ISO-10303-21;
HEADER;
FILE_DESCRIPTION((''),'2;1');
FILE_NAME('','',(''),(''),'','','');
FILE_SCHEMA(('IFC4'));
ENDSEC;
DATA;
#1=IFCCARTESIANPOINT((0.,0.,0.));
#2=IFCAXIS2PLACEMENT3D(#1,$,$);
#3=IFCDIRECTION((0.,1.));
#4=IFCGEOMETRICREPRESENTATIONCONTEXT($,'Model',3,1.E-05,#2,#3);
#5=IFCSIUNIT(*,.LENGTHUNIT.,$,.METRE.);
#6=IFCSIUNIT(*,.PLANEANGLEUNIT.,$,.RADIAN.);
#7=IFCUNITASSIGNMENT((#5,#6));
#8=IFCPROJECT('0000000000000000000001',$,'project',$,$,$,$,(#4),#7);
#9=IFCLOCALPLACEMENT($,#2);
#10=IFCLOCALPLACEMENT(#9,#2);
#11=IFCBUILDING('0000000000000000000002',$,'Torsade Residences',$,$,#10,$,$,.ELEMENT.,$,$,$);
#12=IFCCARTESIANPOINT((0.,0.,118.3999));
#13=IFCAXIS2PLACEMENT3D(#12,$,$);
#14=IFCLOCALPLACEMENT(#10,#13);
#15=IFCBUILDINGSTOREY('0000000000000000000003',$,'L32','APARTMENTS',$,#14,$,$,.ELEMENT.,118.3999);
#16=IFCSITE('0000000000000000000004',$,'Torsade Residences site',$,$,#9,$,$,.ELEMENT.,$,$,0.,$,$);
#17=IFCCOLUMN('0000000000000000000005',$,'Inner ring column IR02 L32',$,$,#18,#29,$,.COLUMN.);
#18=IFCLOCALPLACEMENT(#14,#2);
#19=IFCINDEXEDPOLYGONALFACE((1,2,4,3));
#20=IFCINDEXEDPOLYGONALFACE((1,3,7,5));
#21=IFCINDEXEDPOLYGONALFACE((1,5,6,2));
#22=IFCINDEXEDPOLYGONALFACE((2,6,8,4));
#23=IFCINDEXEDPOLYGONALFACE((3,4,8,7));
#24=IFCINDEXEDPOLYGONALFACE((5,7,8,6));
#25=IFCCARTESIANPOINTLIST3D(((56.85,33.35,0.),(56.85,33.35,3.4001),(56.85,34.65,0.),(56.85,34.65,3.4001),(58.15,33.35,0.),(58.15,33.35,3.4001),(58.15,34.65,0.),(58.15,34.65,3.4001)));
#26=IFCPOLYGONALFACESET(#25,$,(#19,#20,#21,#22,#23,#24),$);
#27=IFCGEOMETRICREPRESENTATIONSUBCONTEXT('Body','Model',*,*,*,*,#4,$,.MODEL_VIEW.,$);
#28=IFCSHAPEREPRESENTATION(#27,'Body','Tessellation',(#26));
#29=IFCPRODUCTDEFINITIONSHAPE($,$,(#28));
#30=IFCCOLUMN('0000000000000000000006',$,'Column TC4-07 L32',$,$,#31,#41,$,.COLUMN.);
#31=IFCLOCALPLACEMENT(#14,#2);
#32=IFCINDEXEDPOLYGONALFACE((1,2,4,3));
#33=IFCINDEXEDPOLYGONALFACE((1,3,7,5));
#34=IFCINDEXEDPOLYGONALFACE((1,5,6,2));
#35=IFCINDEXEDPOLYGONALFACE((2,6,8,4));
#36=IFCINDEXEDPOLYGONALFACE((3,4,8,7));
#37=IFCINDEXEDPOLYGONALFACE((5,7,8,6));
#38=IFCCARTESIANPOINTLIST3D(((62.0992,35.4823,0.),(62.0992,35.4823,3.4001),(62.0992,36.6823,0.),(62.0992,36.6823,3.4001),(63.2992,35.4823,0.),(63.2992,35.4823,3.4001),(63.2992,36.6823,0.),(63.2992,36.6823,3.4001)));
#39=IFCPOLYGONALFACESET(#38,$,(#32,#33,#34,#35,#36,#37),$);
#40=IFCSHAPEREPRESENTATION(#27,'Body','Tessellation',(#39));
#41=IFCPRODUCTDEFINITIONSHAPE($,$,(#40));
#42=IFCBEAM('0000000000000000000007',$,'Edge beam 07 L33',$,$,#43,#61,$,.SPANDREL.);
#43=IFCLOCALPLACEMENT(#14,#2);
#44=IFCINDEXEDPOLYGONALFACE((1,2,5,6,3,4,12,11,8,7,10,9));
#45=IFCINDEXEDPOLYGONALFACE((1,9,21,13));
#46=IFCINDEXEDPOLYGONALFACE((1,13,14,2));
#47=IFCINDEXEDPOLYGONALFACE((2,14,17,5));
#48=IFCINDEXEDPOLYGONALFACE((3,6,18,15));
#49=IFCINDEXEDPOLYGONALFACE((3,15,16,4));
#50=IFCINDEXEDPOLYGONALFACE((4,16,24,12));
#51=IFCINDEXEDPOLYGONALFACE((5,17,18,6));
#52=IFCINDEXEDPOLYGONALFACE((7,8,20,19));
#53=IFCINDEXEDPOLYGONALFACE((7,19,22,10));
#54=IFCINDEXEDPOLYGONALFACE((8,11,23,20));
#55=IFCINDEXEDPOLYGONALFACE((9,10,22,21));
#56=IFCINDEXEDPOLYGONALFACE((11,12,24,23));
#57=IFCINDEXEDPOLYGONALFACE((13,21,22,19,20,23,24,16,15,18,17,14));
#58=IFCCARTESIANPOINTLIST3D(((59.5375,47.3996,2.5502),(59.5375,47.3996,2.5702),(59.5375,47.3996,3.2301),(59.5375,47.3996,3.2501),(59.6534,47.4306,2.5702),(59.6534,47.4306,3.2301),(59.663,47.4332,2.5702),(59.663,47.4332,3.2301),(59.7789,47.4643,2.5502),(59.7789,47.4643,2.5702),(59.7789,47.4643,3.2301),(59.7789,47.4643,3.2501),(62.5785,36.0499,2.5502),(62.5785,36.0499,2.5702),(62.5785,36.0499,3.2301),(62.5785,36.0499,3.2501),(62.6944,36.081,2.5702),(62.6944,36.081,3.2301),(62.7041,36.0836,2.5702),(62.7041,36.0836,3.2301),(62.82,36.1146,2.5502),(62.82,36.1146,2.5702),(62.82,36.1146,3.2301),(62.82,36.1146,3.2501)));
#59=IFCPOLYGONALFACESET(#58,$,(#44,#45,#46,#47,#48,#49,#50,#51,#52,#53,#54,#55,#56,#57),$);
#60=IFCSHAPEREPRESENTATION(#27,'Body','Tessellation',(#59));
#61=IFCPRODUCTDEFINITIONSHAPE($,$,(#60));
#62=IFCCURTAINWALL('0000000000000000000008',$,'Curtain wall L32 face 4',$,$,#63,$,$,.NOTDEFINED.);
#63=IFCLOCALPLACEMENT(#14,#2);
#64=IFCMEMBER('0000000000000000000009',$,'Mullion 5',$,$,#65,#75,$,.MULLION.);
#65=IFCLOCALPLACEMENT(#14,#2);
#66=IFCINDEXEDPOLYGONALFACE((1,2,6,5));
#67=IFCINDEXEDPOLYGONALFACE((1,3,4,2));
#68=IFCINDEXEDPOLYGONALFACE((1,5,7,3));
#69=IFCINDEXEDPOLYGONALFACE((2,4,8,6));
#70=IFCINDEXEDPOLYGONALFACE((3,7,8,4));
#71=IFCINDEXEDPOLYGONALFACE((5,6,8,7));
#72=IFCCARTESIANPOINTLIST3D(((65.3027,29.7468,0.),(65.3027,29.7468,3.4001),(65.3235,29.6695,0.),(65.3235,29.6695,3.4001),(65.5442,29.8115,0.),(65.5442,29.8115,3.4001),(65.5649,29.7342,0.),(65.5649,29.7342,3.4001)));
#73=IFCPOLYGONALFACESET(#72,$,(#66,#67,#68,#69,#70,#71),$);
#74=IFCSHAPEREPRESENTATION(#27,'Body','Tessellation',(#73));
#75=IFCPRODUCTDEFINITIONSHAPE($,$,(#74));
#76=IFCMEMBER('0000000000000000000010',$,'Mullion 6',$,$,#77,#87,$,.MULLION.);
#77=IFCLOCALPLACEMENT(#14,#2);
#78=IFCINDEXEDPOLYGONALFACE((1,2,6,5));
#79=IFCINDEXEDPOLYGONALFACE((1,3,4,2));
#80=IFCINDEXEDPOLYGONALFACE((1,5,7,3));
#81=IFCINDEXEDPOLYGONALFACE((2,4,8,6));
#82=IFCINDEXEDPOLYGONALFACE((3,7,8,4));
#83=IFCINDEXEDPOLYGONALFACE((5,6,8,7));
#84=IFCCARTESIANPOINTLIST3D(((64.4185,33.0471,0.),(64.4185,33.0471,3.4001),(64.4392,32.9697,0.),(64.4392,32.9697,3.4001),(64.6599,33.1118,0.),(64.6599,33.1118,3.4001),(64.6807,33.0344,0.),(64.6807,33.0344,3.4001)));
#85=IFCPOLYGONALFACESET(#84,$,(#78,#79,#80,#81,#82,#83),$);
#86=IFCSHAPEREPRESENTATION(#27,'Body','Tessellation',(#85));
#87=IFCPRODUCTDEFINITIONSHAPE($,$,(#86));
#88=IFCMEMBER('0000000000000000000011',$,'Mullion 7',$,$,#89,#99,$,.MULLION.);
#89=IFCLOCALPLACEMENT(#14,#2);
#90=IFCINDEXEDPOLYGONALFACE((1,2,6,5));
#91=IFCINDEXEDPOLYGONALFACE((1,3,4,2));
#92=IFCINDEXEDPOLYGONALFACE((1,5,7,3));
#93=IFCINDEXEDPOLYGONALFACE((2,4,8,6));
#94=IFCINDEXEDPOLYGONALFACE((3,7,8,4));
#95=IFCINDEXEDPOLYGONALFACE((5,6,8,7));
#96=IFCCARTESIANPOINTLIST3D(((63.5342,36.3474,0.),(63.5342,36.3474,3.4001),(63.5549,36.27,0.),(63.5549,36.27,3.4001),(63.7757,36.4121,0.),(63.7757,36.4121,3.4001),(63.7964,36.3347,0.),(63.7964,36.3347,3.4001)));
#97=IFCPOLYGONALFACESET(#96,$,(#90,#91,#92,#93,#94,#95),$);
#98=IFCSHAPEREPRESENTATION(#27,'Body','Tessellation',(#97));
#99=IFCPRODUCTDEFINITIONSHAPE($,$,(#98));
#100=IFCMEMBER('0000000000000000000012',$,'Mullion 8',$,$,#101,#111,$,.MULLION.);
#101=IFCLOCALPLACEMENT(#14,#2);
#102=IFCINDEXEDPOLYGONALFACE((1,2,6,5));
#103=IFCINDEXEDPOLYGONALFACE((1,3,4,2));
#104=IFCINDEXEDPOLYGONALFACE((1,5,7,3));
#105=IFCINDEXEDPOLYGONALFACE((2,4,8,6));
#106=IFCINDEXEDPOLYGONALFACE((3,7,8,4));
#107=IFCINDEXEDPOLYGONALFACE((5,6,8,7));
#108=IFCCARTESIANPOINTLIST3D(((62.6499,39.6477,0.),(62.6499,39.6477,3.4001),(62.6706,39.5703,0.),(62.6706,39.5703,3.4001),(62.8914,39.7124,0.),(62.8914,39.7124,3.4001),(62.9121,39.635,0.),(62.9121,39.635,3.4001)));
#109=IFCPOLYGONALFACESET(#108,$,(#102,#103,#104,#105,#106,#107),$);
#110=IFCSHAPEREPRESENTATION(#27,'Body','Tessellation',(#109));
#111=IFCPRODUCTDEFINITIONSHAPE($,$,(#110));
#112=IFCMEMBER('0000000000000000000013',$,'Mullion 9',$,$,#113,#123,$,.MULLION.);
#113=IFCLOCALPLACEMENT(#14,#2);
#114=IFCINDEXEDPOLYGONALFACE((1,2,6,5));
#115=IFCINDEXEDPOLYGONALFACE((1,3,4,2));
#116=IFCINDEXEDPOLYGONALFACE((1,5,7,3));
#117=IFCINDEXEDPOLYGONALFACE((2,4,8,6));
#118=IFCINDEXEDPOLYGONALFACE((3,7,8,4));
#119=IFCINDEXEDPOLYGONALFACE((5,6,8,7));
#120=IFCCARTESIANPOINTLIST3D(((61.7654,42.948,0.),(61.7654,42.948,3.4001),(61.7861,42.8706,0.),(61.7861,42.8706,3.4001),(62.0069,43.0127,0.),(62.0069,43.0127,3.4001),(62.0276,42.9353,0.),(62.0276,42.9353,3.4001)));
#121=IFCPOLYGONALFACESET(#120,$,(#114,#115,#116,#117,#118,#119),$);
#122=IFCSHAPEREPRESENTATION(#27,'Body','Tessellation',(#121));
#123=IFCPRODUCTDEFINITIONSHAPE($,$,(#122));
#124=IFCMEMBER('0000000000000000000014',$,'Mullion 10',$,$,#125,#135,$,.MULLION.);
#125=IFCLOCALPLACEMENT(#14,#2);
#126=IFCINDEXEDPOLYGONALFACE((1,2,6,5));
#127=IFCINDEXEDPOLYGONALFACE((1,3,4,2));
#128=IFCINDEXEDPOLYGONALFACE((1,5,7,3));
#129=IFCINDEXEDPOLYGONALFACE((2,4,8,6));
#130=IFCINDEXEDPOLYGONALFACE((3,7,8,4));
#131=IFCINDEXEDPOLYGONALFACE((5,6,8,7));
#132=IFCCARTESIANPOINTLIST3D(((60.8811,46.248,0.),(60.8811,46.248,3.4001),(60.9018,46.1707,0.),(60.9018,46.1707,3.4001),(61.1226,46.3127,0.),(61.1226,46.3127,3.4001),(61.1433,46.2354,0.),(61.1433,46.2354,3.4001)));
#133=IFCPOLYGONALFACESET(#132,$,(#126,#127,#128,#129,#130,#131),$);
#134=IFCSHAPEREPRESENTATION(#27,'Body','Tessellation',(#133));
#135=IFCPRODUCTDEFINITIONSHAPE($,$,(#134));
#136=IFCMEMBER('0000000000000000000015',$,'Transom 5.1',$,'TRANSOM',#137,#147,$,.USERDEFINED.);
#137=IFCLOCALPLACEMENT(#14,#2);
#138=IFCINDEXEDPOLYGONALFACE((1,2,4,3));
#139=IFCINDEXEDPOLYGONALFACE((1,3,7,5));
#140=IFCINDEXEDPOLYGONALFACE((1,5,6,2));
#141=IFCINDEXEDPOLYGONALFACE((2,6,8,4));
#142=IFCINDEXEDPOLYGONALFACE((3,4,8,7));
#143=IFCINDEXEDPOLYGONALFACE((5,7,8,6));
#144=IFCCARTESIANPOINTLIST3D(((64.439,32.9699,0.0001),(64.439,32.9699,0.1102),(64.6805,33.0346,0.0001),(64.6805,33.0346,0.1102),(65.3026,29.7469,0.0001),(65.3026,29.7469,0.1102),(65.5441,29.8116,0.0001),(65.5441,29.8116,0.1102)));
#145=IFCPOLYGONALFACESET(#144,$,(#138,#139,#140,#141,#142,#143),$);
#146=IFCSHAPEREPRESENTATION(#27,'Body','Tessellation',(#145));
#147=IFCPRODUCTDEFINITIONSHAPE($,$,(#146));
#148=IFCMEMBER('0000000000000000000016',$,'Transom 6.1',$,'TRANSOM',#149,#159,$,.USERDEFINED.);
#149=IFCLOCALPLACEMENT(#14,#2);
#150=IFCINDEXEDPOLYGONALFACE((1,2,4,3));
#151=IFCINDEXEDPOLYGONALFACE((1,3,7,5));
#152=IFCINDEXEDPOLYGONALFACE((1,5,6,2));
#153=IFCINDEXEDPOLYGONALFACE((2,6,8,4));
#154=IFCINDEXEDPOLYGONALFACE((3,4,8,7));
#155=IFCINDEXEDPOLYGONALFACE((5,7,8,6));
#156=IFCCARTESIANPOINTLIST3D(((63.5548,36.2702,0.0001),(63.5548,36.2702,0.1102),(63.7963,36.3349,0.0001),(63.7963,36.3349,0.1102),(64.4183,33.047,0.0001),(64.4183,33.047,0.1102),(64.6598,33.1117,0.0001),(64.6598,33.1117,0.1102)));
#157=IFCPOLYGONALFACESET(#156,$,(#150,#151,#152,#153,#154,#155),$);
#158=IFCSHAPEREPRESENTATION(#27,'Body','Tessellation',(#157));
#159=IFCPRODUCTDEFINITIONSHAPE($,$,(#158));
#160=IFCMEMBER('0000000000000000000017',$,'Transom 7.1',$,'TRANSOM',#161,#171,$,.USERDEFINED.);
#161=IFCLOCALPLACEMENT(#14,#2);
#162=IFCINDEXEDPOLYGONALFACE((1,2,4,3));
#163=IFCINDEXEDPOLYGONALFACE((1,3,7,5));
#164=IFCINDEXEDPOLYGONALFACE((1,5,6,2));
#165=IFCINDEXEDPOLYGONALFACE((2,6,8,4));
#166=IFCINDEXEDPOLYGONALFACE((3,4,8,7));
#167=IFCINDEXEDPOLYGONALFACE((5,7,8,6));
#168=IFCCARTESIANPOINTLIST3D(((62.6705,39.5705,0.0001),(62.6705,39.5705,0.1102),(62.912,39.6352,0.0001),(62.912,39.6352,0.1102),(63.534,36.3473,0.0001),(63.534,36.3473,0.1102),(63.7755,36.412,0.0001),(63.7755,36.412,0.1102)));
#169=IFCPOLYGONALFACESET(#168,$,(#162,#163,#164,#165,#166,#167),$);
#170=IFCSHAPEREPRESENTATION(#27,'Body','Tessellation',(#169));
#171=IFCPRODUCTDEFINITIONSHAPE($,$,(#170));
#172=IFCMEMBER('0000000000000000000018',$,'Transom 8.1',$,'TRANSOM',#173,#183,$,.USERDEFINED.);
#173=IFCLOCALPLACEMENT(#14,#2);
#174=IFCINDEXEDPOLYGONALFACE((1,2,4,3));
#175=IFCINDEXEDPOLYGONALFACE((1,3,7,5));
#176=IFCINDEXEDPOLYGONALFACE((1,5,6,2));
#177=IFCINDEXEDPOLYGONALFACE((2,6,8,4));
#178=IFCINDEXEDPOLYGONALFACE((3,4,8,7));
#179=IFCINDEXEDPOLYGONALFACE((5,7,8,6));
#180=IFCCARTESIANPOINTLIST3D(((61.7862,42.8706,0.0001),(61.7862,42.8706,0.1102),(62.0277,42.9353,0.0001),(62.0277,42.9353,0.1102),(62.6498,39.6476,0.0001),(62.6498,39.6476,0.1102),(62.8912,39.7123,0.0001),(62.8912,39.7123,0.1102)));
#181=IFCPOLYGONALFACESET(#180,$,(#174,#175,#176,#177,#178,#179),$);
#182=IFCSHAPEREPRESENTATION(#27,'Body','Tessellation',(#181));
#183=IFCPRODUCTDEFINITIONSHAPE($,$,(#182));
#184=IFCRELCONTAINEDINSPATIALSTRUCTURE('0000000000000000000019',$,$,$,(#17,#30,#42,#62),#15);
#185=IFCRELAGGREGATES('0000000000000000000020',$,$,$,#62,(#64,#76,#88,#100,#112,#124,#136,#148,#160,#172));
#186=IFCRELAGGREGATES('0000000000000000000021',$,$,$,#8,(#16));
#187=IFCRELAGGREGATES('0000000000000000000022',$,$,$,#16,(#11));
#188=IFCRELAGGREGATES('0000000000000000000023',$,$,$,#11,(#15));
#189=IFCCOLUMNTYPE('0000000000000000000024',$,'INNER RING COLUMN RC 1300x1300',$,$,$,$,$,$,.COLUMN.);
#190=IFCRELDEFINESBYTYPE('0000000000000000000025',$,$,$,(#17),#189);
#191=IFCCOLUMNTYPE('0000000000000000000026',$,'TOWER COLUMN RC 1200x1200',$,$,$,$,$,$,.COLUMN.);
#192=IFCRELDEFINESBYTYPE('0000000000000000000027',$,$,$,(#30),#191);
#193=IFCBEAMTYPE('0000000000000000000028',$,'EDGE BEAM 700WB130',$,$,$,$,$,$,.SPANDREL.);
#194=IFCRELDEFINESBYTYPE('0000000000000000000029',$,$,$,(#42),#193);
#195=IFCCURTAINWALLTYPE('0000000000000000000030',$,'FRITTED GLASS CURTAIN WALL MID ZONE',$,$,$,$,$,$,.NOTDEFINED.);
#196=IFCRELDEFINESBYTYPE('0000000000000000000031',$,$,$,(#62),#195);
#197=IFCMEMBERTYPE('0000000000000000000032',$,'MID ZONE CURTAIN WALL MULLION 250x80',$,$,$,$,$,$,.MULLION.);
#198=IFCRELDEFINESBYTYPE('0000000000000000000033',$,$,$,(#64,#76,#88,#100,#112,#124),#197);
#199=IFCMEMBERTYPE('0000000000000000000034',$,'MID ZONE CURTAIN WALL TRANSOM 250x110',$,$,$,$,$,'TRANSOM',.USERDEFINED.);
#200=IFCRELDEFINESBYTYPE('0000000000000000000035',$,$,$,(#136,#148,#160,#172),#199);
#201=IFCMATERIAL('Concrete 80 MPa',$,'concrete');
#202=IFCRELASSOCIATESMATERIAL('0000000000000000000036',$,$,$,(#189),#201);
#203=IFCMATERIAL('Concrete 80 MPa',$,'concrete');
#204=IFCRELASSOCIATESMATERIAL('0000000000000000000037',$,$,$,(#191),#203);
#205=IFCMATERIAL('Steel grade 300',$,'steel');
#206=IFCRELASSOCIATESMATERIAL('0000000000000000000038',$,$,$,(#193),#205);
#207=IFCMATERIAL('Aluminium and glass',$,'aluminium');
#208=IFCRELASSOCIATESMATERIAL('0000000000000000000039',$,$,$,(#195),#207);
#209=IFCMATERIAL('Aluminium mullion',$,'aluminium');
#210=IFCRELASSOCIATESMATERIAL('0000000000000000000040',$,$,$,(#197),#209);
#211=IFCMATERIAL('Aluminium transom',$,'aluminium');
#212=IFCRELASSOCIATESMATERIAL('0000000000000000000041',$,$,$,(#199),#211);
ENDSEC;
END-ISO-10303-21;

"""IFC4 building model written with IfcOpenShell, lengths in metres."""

from ifc_helpers import new_model, si_unit, direction, frame, origin, origin_2d, place, context, subcontext, project, spatial, rectangle, i_section, extrude, material, material_profile, profile_set, type_object, element, aggregate, save


model = new_model("IFC4")

# Units and contexts
model_context = context("Model", 3, precision=1e-05, world=origin(), true_north=direction((0.0, 1.0)))
body_context = subcontext(model_context, "Body", "Model", "MODEL_VIEW")
ifc_project = project(units=[si_unit("LENGTHUNIT", "METRE"), si_unit("PLANEANGLEUNIT", "RADIAN")], contexts=[model_context])

# Site, building, storey
site_placement = place(None, origin())
site = spatial("IfcSite", under=ifc_project, at=site_placement, Name="Torsade Residences site", CompositionType="ELEMENT", RefElevation=0.0)
building_placement = place(site_placement, origin())
building = spatial("IfcBuilding", under=site, at=building_placement, Name="Torsade Residences", CompositionType="ELEMENT")
storey_placement = place(building_placement, frame((0.0, 0.0, 118.3999)))
storey = spatial("IfcBuildingStorey", under=building, at=storey_placement, Name="L32", Description="APARTMENTS", CompositionType="ELEMENT", Elevation=118.3999)

# Columns
ifc_material_1 = material(Name="Concrete 80 MPa", Category="concrete")
ifc_material_profile_1 = material_profile(ifc_material_1, rectangle(XDim=1.3, YDim=1.3, at=origin_2d()), Name="RC 1300x1300")
ifc_profile_set_1 = profile_set([ifc_material_profile_1], Name="Concrete 80 MPa")
column_type_1 = type_object("IfcColumnType", Name="INNER RING COLUMN RC 1300x1300", PredefinedType="COLUMN", material=ifc_profile_set_1)
column_1_placement = place(storey_placement, frame((57.5, 34.0, 0.0), z_axis=(0.0, 0.0, 1.0), x_axis=(1.0, 0.0, 0.0)))
element("IfcColumn", 1, at=column_1_placement, inside=storey, type_object=column_type_1, Name="Inner ring column IR02 L32", PredefinedType="COLUMN", context=body_context, shape_type="SweptSolid", body=[
    extrude(rectangle(XDim=1.3, YDim=1.3, at=origin_2d()), origin(), (0.0, 0.0, 1.0), 3.4001),
])
ifc_material_2 = material(Name="Concrete 80 MPa", Category="concrete")
ifc_material_profile_2 = material_profile(ifc_material_2, rectangle(XDim=1.2, YDim=1.2, at=origin_2d()), Name="RC 1200x1200")
ifc_profile_set_2 = profile_set([ifc_material_profile_2], Name="Concrete 80 MPa")
column_type_2 = type_object("IfcColumnType", Name="TOWER COLUMN RC 1200x1200", PredefinedType="COLUMN", material=ifc_profile_set_2)
column_2_placement = place(storey_placement, frame((62.6992, 36.0823, 0.0), z_axis=(0.0, 0.0, 1.0), x_axis=(1.0, 0.0, 0.0)))
element("IfcColumn", 2, at=column_2_placement, inside=storey, type_object=column_type_2, Name="Column TC4-07 L32", PredefinedType="COLUMN", context=body_context, shape_type="SweptSolid", body=[
    extrude(rectangle(XDim=1.2, YDim=1.2, at=origin_2d()), origin(), (0.0, 0.0, 1.0), 3.4001),
])

# Beam
ifc_material_3 = material(Name="Steel grade 300", Category="steel")
ifc_material_profile_3 = material_profile(ifc_material_3, i_section(OverallWidth=0.25, OverallDepth=0.7, WebThickness=0.01, FlangeThickness=0.02, at=origin_2d()), Name="700WB130")
ifc_profile_set_3 = profile_set([ifc_material_profile_3], Name="Steel grade 300")
beam_type_1 = type_object("IfcBeamType", Name="EDGE BEAM 700WB130", PredefinedType="SPANDREL", material=ifc_profile_set_3)
beam_1_placement = place(storey_placement, frame((62.6992, 36.0823, 2.9001), z_axis=(-0.258811, 0.965928, 0.0), x_axis=(-0.965928, -0.258811, 0.0)))
element("IfcBeam", 3, at=beam_1_placement, inside=storey, type_object=beam_type_1, Name="Edge beam 07 L33", PredefinedType="SPANDREL", context=body_context, shape_type="SweptSolid", body=[
    extrude(i_section(OverallWidth=0.25, OverallDepth=0.7, WebThickness=0.01, FlangeThickness=0.02, at=origin_2d()), origin(), (0.0, 0.0, 1.0), 11.75),
])

# Curtain wall, members
ifc_material_4 = material(Name="Aluminium and glass", Category="aluminium")
curtain_wall_type = type_object("IfcCurtainWallType", Name="FRITTED GLASS CURTAIN WALL MID ZONE", PredefinedType="NOTDEFINED", material=ifc_material_4)
curtain_wall_placement = place(storey_placement, origin())
curtain_wall = element("IfcCurtainWall", 4, at=curtain_wall_placement, inside=storey, type_object=curtain_wall_type, Name="Curtain wall L32 face 4", PredefinedType="NOTDEFINED")
ifc_material_5 = material(Name="Aluminium mullion", Category="aluminium")
ifc_material_profile_4 = material_profile(ifc_material_5, rectangle(XDim=0.25, YDim=0.0801, at=origin_2d()), Name="MID ZONE CURTAIN WALL MULLION 250x80")
ifc_profile_set_4 = profile_set([ifc_material_profile_4], Name="Aluminium mullion")
member_type_1 = type_object("IfcMemberType", Name="MID ZONE CURTAIN WALL MULLION 250x80", PredefinedType="MULLION", material=ifc_profile_set_4)
member_1_placement = place(storey_placement, frame((65.4338, 29.7405, 0.0), z_axis=(0.0, 0.0, 1.0), x_axis=(-0.965926, -0.258819, 0.0)))
member_1 = element("IfcMember", 5, at=member_1_placement, type_object=member_type_1, Name="Mullion 5", PredefinedType="MULLION", context=body_context, shape_type="SweptSolid", body=[
    extrude(rectangle(XDim=0.25, YDim=0.0801, at=origin_2d()), origin(), (0.0, 0.0, 1.0), 3.4001),
])
member_2_placement = place(storey_placement, frame((64.5496, 33.0408, 0.0), z_axis=(0.0, 0.0, 1.0), x_axis=(-0.965926, -0.258819, 0.0)))
member_2 = element("IfcMember", 6, at=member_2_placement, type_object=member_type_1, Name="Mullion 6", PredefinedType="MULLION", context=body_context, shape_type="SweptSolid", body=[
    extrude(rectangle(XDim=0.25, YDim=0.0801, at=origin_2d()), origin(), (0.0, 0.0, 1.0), 3.4001),
])
member_3_placement = place(storey_placement, frame((63.6653, 36.3411, 0.0), z_axis=(0.0, 0.0, 1.0), x_axis=(-0.965926, -0.258819, 0.0)))
member_3 = element("IfcMember", 7, at=member_3_placement, type_object=member_type_1, Name="Mullion 7", PredefinedType="MULLION", context=body_context, shape_type="SweptSolid", body=[
    extrude(rectangle(XDim=0.25, YDim=0.0801, at=origin_2d()), origin(), (0.0, 0.0, 1.0), 3.4001),
])
member_4_placement = place(storey_placement, frame((62.781, 39.6414, 0.0), z_axis=(0.0, 0.0, 1.0), x_axis=(-0.965926, -0.258819, 0.0)))
member_4 = element("IfcMember", 8, at=member_4_placement, type_object=member_type_1, Name="Mullion 8", PredefinedType="MULLION", context=body_context, shape_type="SweptSolid", body=[
    extrude(rectangle(XDim=0.25, YDim=0.0801, at=origin_2d()), origin(), (0.0, 0.0, 1.0), 3.4001),
])
member_5_placement = place(storey_placement, frame((61.8965, 42.9417, 0.0), z_axis=(0.0, 0.0, 1.0), x_axis=(-0.965926, -0.258819, 0.0)))
member_5 = element("IfcMember", 9, at=member_5_placement, type_object=member_type_1, Name="Mullion 9", PredefinedType="MULLION", context=body_context, shape_type="SweptSolid", body=[
    extrude(rectangle(XDim=0.25, YDim=0.0801, at=origin_2d()), origin(), (0.0, 0.0, 1.0), 3.4001),
])
member_6_placement = place(storey_placement, frame((61.0122, 46.2417, 0.0), z_axis=(0.0, 0.0, 1.0), x_axis=(-0.965926, -0.258819, 0.0)))
member_6 = element("IfcMember", 10, at=member_6_placement, type_object=member_type_1, Name="Mullion 10", PredefinedType="MULLION", context=body_context, shape_type="SweptSolid", body=[
    extrude(rectangle(XDim=0.25, YDim=0.0801, at=origin_2d()), origin(), (0.0, 0.0, 1.0), 3.4001),
])
ifc_material_6 = material(Name="Aluminium transom", Category="aluminium")
ifc_material_profile_5 = material_profile(ifc_material_6, rectangle(XDim=0.25, YDim=0.1101, at=origin_2d()), Name="MID ZONE CURTAIN WALL TRANSOM 250x110")
ifc_profile_set_5 = profile_set([ifc_material_profile_5], Name="Aluminium transom")
member_type_2 = type_object("IfcMemberType", Name="MID ZONE CURTAIN WALL TRANSOM 250x110", ElementType="TRANSOM", PredefinedType="USERDEFINED", material=ifc_profile_set_5)
member_7_placement = place(storey_placement, frame((65.4233, 29.7793, 0.0552), z_axis=(-0.258806, 0.965929, 0.0), x_axis=(-0.965929, -0.258806, 0.0)))
member_7 = element("IfcMember", 11, at=member_7_placement, type_object=member_type_2, Name="Transom 5.1", ObjectType="TRANSOM", PredefinedType="USERDEFINED", context=body_context, shape_type="SweptSolid", body=[
    extrude(rectangle(XDim=0.25, YDim=0.1101, at=origin_2d()), origin(), (0.0, 0.0, 1.0), 3.3367),
])
member_8_placement = place(storey_placement, frame((64.5391, 33.0793, 0.0552), z_axis=(-0.258787, 0.965934, 0.0), x_axis=(-0.965934, -0.258787, 0.0)))
member_8 = element("IfcMember", 12, at=member_8_placement, type_object=member_type_2, Name="Transom 6.1", ObjectType="TRANSOM", PredefinedType="USERDEFINED", context=body_context, shape_type="SweptSolid", body=[
    extrude(rectangle(XDim=0.25, YDim=0.1101, at=origin_2d()), origin(), (0.0, 0.0, 1.0), 3.3369),
])
member_9_placement = place(storey_placement, frame((63.6548, 36.3796, 0.0552), z_axis=(-0.258787, 0.965934, 0.0), x_axis=(-0.965934, -0.258787, 0.0)))
member_9 = element("IfcMember", 13, at=member_9_placement, type_object=member_type_2, Name="Transom 7.1", ObjectType="TRANSOM", PredefinedType="USERDEFINED", context=body_context, shape_type="SweptSolid", body=[
    extrude(rectangle(XDim=0.25, YDim=0.1101, at=origin_2d()), origin(), (0.0, 0.0, 1.0), 3.3369),
])
member_10_placement = place(storey_placement, frame((62.7705, 39.6799, 0.0552), z_axis=(-0.258806, 0.965929, 0.0), x_axis=(-0.965929, -0.258806, 0.0)))
member_10 = element("IfcMember", 14, at=member_10_placement, type_object=member_type_2, Name="Transom 8.1", ObjectType="TRANSOM", PredefinedType="USERDEFINED", context=body_context, shape_type="SweptSolid", body=[
    extrude(rectangle(XDim=0.25, YDim=0.1101, at=origin_2d()), origin(), (0.0, 0.0, 1.0), 3.3367),
])

aggregate(curtain_wall, [member_1, member_2, member_3, member_4, member_5, member_6, member_7, member_8, member_9, member_10])

save(model, "model.ifc")
